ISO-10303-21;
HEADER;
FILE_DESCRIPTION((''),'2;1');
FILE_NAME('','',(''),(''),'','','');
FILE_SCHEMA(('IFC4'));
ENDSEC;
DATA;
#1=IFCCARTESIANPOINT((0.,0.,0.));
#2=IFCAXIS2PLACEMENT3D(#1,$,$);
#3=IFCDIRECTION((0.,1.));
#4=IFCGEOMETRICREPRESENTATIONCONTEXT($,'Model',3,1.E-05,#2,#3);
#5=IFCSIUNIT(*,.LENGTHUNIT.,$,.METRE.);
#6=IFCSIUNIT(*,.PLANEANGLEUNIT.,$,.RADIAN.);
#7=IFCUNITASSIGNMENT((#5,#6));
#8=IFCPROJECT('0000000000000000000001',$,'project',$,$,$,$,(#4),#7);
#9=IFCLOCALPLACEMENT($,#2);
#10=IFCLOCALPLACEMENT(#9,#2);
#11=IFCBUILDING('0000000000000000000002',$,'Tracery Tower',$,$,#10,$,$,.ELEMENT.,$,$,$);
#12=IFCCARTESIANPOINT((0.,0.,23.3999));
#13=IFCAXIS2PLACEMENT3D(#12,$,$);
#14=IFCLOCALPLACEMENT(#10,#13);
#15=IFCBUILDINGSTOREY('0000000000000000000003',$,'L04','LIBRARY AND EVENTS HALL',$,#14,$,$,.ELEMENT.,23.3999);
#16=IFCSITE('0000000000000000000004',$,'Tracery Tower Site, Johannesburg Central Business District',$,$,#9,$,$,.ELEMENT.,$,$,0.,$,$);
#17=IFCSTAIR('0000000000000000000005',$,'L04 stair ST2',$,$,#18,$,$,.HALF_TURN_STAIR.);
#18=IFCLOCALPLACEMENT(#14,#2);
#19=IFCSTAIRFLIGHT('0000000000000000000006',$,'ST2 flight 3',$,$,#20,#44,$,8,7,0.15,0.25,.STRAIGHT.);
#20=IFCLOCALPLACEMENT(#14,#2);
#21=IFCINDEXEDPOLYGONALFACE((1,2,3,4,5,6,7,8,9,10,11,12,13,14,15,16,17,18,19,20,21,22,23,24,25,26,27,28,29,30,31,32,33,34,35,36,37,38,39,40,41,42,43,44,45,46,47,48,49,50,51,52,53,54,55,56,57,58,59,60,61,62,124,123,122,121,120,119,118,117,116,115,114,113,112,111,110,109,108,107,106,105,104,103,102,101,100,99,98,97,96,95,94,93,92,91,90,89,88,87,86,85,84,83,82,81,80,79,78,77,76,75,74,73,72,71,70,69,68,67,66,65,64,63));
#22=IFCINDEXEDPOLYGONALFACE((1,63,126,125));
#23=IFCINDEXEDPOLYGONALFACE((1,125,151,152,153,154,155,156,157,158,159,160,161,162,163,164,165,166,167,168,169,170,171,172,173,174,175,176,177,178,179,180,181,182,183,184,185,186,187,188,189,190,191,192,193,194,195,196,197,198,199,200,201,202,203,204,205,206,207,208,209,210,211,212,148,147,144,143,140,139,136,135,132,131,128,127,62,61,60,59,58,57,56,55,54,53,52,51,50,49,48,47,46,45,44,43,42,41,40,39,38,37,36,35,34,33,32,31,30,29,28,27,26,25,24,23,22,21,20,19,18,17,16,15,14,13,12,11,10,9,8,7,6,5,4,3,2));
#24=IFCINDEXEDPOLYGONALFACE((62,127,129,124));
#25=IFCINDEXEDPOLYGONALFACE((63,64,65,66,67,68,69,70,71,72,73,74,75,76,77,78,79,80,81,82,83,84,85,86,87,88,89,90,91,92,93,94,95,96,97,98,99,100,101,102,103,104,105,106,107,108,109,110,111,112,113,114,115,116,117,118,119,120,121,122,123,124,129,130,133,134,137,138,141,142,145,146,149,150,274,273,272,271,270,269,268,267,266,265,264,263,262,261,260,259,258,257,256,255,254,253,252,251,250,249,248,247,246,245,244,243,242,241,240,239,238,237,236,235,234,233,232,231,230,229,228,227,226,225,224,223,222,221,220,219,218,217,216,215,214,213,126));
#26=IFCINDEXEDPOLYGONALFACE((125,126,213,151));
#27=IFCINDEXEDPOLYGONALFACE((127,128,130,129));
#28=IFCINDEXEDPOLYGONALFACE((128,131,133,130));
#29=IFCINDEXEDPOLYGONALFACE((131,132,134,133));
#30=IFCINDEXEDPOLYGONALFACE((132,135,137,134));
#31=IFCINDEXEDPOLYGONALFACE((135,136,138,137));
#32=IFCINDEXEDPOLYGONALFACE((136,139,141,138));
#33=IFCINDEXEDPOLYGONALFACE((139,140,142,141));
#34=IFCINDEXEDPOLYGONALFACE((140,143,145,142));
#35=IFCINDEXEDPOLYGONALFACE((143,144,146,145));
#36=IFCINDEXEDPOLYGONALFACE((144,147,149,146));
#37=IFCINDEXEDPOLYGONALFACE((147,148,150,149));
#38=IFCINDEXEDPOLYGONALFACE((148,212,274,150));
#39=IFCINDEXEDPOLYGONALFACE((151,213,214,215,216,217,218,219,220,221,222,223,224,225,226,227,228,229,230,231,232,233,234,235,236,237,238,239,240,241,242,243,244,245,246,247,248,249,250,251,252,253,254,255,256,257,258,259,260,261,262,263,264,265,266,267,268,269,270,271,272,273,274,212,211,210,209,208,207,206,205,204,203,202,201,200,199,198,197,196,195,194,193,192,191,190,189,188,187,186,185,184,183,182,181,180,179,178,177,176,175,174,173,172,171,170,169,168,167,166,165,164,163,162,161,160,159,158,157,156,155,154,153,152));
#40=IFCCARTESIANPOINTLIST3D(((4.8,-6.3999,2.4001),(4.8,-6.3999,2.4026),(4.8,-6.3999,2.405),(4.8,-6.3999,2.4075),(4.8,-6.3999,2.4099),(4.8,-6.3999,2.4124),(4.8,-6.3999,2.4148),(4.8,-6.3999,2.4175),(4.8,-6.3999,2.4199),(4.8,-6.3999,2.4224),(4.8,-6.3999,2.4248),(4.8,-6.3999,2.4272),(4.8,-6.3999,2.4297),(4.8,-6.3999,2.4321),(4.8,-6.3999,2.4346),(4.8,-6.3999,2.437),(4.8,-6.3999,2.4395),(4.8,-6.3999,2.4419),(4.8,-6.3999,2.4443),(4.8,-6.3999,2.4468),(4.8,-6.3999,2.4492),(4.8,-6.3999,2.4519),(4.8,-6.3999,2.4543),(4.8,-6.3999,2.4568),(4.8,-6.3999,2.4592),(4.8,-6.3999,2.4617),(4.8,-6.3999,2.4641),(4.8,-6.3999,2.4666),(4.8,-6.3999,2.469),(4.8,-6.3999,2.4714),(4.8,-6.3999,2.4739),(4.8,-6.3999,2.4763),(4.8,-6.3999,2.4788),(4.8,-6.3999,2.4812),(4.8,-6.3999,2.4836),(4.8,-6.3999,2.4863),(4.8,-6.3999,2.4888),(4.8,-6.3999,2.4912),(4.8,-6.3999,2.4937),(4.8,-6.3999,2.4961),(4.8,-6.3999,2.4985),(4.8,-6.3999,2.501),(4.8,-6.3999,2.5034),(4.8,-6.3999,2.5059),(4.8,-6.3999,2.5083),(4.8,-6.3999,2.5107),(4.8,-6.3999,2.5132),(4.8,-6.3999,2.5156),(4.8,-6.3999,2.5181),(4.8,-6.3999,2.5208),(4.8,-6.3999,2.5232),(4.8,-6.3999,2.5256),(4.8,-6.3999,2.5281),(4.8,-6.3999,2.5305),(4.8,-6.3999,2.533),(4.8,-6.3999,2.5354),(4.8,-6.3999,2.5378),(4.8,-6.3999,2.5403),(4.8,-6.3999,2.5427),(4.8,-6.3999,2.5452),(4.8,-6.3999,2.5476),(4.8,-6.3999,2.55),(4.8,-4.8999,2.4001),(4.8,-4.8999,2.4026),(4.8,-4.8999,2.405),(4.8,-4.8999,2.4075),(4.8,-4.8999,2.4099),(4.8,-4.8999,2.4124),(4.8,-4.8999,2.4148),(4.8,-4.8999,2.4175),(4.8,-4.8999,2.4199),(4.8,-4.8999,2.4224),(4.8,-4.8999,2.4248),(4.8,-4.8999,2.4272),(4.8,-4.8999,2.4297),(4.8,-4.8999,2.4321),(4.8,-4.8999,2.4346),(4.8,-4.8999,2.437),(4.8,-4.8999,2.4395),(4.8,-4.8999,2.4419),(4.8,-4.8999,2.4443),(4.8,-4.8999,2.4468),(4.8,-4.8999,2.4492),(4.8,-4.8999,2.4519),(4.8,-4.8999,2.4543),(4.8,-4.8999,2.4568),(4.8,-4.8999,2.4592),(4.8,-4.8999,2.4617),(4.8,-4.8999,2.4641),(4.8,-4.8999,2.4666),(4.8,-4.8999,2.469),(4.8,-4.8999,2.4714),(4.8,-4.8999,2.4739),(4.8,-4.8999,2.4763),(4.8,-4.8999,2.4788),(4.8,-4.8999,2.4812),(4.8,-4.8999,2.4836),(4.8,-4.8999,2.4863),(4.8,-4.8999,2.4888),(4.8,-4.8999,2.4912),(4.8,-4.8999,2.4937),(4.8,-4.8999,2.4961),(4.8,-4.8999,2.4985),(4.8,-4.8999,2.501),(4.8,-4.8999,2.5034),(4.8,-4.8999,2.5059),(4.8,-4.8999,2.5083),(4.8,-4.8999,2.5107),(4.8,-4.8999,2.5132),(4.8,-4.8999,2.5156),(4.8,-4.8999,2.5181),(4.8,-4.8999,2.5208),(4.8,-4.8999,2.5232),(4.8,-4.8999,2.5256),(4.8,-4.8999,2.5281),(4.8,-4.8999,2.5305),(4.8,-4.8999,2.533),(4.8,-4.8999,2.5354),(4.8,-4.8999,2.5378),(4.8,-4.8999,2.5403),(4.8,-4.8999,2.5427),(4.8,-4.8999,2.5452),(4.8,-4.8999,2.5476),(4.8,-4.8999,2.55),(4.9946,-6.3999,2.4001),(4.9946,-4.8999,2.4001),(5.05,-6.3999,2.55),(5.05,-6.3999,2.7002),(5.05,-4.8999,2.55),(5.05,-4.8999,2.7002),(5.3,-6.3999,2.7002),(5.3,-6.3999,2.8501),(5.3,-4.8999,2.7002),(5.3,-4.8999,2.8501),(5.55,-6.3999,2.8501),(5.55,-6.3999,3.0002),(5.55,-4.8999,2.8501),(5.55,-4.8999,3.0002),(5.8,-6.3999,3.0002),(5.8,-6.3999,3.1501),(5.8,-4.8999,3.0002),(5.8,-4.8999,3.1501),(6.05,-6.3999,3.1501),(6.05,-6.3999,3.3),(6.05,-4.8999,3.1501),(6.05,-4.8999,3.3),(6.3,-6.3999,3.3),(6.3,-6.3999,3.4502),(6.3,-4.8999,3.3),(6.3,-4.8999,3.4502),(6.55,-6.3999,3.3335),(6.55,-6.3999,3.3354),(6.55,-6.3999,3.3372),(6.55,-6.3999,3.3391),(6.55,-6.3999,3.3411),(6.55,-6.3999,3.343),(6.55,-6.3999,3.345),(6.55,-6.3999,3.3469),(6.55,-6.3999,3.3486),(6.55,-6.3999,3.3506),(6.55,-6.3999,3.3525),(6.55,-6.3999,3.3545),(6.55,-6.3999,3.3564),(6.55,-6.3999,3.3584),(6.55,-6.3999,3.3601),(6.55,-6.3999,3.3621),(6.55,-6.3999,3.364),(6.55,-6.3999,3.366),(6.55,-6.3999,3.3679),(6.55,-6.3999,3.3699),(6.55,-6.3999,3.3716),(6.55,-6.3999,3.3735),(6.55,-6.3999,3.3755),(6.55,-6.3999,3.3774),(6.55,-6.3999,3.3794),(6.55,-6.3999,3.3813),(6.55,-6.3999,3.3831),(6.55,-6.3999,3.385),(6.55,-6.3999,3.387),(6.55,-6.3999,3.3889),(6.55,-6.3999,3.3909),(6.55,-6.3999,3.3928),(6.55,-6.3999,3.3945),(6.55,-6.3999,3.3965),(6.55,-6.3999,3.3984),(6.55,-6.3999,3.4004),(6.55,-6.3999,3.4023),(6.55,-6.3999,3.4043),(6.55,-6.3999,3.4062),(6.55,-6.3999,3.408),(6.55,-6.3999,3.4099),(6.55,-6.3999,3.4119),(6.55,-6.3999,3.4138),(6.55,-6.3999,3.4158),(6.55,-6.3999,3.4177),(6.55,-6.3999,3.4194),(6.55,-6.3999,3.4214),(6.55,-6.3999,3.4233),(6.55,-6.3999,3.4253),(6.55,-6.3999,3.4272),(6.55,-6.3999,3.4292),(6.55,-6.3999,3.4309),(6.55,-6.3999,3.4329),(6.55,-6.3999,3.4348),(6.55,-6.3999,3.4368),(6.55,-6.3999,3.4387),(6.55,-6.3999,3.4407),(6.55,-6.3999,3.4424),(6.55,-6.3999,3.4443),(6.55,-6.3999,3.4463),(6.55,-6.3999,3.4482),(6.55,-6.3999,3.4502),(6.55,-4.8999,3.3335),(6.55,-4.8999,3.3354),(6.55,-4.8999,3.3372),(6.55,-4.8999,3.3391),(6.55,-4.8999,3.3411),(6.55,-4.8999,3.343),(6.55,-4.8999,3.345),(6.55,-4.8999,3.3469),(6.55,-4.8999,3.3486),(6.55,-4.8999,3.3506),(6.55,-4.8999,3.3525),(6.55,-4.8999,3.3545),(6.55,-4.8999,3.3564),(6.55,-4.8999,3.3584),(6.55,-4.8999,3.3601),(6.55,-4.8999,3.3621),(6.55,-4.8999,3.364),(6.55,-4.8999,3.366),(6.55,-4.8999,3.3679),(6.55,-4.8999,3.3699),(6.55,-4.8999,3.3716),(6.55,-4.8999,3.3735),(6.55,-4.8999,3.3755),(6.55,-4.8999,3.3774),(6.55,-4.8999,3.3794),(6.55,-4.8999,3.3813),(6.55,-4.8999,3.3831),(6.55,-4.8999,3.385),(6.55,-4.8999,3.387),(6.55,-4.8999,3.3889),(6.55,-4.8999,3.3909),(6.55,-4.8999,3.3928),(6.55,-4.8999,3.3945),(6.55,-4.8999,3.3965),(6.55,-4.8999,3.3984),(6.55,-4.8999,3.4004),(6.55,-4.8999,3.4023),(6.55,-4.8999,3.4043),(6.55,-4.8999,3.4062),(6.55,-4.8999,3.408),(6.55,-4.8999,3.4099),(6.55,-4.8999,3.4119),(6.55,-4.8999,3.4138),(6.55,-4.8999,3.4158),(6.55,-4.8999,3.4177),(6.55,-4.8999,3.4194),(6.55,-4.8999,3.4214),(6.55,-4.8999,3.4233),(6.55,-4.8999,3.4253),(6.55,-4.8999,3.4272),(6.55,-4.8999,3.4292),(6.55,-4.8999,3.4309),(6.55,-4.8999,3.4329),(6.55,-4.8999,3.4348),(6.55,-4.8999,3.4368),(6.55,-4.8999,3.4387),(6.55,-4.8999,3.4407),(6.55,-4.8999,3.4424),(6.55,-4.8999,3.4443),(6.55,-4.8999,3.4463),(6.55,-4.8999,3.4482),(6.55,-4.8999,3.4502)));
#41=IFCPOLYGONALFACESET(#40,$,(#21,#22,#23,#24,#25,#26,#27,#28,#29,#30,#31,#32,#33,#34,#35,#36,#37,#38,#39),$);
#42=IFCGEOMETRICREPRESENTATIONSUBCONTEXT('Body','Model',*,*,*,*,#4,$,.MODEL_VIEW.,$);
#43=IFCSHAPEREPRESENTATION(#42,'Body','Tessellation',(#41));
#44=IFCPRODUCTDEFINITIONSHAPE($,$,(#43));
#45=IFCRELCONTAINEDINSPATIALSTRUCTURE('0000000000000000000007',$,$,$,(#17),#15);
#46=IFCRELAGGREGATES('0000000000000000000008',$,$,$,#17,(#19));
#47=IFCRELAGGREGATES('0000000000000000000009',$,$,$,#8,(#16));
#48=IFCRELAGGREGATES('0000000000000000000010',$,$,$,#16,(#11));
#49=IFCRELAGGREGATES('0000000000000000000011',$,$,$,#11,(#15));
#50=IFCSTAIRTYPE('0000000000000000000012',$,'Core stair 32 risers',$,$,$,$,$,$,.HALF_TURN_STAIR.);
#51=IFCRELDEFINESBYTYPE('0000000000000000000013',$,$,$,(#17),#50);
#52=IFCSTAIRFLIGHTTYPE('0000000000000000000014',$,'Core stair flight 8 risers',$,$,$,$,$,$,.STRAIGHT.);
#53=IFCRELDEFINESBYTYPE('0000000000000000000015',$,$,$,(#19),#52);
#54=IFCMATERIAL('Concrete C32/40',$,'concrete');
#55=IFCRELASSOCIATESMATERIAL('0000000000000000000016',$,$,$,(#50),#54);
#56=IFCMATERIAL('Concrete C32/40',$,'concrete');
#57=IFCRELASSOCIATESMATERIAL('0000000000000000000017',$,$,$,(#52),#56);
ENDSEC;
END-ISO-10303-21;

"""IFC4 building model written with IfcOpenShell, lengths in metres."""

from ifc_helpers import new_model, si_unit, direction, frame, origin, place, context, subcontext, project, spatial, polyline, outline, extrude, material, type_object, element, aggregate, save


model = new_model("IFC4")

# Units and contexts
model_context = context("Model", 3, precision=1e-05, world=origin(), true_north=direction((0.0, 1.0)))
body_context = subcontext(model_context, "Body", "Model", "MODEL_VIEW")
ifc_project = project(units=[si_unit("LENGTHUNIT", "METRE"), si_unit("PLANEANGLEUNIT", "RADIAN")], contexts=[model_context])

# Site, building, storey
site_placement = place(None, origin())
site = spatial("IfcSite", under=ifc_project, at=site_placement, Name="Tracery Tower Site, Johannesburg Central Business District", CompositionType="ELEMENT", RefElevation=0.0)
building_placement = place(site_placement, origin())
building = spatial("IfcBuilding", under=site, at=building_placement, Name="Tracery Tower", CompositionType="ELEMENT")
storey_placement = place(building_placement, frame((0.0, 0.0, 23.3999)))
storey = spatial("IfcBuildingStorey", under=building, at=storey_placement, Name="L04", Description="LIBRARY AND EVENTS HALL", CompositionType="ELEMENT", Elevation=23.3999)

# Stair, stair flight
ifc_material_1 = material(Name="Concrete C32/40", Category="concrete")
stair_type = type_object("IfcStairType", Name="Core stair 32 risers", PredefinedType="HALF_TURN_STAIR", material=ifc_material_1)
stair_placement = place(storey_placement, origin())
stair = element("IfcStair", 1, at=stair_placement, inside=storey, type_object=stair_type, Name="L04 stair ST2", PredefinedType="HALF_TURN_STAIR")
ifc_material_2 = material(Name="Concrete C32/40", Category="concrete")
stair_flight_type = type_object("IfcStairFlightType", Name="Core stair flight 8 risers", PredefinedType="STRAIGHT", material=ifc_material_2)
stair_flight_1_placement = place(storey_placement, frame((4.8, -5.6499, 2.4001), z_axis=(0.0, 0.0, 1.0), x_axis=(1.0, 0.0, 0.0)))
stair_flight_1 = element("IfcStairFlight", 2, at=stair_flight_1_placement, type_object=stair_flight_type, Name="ST2 flight 3", NumberOfRisers=8, NumberOfTreads=7, PredefinedType="STRAIGHT", RiserHeight=0.15, TreadLength=0.25, context=body_context, shape_type="SweptSolid", body=[
    extrude(outline(polyline([(0.0, 0.0), (0.0, 0.0024), (0.0, 0.0049), (0.0, 0.0073), (0.0, 0.0098), (0.0, 0.0122), (0.0, 0.0146), (0.0, 0.0173), (0.0, 0.0198), (0.0, 0.0222), (0.0, 0.0247), (0.0, 0.0271), (0.0, 0.0295), (0.0, 0.032), (0.0, 0.0344), (0.0, 0.0369), (0.0, 0.0393), (0.0, 0.0417), (0.0, 0.0442), (0.0, 0.0466), (0.0, 0.0491), (0.0, 0.0518), (0.0, 0.0542), (0.0, 0.0566), (0.0, 0.0591), (0.0, 0.0615), (0.0, 0.064), (0.0, 0.0664), (0.0, 0.0688), (0.0, 0.0713), (0.0, 0.0737), (0.0, 0.0762), (0.0, 0.0786), (0.0, 0.0811), (0.0, 0.0835), (0.0, 0.0862), (0.0, 0.0886), (0.0, 0.0911), (0.0, 0.0935), (0.0, 0.0959), (0.0, 0.0984), (0.0, 0.1008), (0.0, 0.1033), (0.0, 0.1057), (0.0, 0.1082), (0.0, 0.1106), (0.0, 0.113), (0.0, 0.1155), (0.0, 0.1179), (0.0, 0.1206), (0.0, 0.123), (0.0, 0.1255), (0.0, 0.1279), (0.0, 0.1304), (0.0, 0.1328), (0.0, 0.1353), (0.0, 0.1377), (0.0, 0.1401), (0.0, 0.1426), (0.0, 0.145), (0.0, 0.1475), (0.0, 0.1499), (0.25, 0.1499), (0.25, 0.3), (0.5, 0.3), (0.5, 0.45), (0.75, 0.45), (0.75, 0.6001), (1.0, 0.6001), (1.0, 0.75), (1.25, 0.75), (1.25, 0.8999), (1.5, 0.8999), (1.5, 1.05), (1.75, 1.05), (1.75, 1.0481), (1.75, 1.0461), (1.75, 1.0442), (1.75, 1.0422), (1.75, 1.0405), (1.75, 1.0386), (1.75, 1.0366), (1.75, 1.0347), (1.75, 1.0327), (1.75, 1.0308), (1.75, 1.0291), (1.75, 1.0271), (1.75, 1.0251), (1.75, 1.0232), (1.75, 1.0212), (1.75, 1.0193), (1.75, 1.0176), (1.75, 1.0156), (1.75, 1.0137), (1.75, 1.0117), (1.75, 1.0098), (1.75, 1.0078), (1.75, 1.0061), (1.75, 1.0042), (1.75, 1.0022), (1.75, 1.0002), (1.75, 0.9983), (1.75, 0.9963), (1.75, 0.9944), (1.75, 0.9927), (1.75, 0.9907), (1.75, 0.9888), (1.75, 0.9868), (1.75, 0.9849), (1.75, 0.9829), (1.75, 0.9812), (1.75, 0.9792), (1.75, 0.9773), (1.75, 0.9753), (1.75, 0.9734), (1.75, 0.9714), (1.75, 0.9697), (1.75, 0.9678), (1.75, 0.9658), (1.75, 0.9639), (1.75, 0.9619), (1.75, 0.96), (1.75, 0.9583), (1.75, 0.9563), (1.75, 0.9543), (1.75, 0.9524), (1.75, 0.9504), (1.75, 0.9485), (1.75, 0.9468), (1.75, 0.9448), (1.75, 0.9429), (1.75, 0.9409), (1.75, 0.939), (1.75, 0.937), (1.75, 0.9353), (1.75, 0.9333), (0.1946, 0.0), (0.0, 0.0)])), frame((0.0, 0.75, 0.0), z_axis=(0.0, -1.0, 0.0), x_axis=(1.0, 0.0, 0.0)), (0.0, 0.0, 1.0), 1.5),
])
aggregate(stair, [stair_flight_1])

save(model, "model.ifc")
